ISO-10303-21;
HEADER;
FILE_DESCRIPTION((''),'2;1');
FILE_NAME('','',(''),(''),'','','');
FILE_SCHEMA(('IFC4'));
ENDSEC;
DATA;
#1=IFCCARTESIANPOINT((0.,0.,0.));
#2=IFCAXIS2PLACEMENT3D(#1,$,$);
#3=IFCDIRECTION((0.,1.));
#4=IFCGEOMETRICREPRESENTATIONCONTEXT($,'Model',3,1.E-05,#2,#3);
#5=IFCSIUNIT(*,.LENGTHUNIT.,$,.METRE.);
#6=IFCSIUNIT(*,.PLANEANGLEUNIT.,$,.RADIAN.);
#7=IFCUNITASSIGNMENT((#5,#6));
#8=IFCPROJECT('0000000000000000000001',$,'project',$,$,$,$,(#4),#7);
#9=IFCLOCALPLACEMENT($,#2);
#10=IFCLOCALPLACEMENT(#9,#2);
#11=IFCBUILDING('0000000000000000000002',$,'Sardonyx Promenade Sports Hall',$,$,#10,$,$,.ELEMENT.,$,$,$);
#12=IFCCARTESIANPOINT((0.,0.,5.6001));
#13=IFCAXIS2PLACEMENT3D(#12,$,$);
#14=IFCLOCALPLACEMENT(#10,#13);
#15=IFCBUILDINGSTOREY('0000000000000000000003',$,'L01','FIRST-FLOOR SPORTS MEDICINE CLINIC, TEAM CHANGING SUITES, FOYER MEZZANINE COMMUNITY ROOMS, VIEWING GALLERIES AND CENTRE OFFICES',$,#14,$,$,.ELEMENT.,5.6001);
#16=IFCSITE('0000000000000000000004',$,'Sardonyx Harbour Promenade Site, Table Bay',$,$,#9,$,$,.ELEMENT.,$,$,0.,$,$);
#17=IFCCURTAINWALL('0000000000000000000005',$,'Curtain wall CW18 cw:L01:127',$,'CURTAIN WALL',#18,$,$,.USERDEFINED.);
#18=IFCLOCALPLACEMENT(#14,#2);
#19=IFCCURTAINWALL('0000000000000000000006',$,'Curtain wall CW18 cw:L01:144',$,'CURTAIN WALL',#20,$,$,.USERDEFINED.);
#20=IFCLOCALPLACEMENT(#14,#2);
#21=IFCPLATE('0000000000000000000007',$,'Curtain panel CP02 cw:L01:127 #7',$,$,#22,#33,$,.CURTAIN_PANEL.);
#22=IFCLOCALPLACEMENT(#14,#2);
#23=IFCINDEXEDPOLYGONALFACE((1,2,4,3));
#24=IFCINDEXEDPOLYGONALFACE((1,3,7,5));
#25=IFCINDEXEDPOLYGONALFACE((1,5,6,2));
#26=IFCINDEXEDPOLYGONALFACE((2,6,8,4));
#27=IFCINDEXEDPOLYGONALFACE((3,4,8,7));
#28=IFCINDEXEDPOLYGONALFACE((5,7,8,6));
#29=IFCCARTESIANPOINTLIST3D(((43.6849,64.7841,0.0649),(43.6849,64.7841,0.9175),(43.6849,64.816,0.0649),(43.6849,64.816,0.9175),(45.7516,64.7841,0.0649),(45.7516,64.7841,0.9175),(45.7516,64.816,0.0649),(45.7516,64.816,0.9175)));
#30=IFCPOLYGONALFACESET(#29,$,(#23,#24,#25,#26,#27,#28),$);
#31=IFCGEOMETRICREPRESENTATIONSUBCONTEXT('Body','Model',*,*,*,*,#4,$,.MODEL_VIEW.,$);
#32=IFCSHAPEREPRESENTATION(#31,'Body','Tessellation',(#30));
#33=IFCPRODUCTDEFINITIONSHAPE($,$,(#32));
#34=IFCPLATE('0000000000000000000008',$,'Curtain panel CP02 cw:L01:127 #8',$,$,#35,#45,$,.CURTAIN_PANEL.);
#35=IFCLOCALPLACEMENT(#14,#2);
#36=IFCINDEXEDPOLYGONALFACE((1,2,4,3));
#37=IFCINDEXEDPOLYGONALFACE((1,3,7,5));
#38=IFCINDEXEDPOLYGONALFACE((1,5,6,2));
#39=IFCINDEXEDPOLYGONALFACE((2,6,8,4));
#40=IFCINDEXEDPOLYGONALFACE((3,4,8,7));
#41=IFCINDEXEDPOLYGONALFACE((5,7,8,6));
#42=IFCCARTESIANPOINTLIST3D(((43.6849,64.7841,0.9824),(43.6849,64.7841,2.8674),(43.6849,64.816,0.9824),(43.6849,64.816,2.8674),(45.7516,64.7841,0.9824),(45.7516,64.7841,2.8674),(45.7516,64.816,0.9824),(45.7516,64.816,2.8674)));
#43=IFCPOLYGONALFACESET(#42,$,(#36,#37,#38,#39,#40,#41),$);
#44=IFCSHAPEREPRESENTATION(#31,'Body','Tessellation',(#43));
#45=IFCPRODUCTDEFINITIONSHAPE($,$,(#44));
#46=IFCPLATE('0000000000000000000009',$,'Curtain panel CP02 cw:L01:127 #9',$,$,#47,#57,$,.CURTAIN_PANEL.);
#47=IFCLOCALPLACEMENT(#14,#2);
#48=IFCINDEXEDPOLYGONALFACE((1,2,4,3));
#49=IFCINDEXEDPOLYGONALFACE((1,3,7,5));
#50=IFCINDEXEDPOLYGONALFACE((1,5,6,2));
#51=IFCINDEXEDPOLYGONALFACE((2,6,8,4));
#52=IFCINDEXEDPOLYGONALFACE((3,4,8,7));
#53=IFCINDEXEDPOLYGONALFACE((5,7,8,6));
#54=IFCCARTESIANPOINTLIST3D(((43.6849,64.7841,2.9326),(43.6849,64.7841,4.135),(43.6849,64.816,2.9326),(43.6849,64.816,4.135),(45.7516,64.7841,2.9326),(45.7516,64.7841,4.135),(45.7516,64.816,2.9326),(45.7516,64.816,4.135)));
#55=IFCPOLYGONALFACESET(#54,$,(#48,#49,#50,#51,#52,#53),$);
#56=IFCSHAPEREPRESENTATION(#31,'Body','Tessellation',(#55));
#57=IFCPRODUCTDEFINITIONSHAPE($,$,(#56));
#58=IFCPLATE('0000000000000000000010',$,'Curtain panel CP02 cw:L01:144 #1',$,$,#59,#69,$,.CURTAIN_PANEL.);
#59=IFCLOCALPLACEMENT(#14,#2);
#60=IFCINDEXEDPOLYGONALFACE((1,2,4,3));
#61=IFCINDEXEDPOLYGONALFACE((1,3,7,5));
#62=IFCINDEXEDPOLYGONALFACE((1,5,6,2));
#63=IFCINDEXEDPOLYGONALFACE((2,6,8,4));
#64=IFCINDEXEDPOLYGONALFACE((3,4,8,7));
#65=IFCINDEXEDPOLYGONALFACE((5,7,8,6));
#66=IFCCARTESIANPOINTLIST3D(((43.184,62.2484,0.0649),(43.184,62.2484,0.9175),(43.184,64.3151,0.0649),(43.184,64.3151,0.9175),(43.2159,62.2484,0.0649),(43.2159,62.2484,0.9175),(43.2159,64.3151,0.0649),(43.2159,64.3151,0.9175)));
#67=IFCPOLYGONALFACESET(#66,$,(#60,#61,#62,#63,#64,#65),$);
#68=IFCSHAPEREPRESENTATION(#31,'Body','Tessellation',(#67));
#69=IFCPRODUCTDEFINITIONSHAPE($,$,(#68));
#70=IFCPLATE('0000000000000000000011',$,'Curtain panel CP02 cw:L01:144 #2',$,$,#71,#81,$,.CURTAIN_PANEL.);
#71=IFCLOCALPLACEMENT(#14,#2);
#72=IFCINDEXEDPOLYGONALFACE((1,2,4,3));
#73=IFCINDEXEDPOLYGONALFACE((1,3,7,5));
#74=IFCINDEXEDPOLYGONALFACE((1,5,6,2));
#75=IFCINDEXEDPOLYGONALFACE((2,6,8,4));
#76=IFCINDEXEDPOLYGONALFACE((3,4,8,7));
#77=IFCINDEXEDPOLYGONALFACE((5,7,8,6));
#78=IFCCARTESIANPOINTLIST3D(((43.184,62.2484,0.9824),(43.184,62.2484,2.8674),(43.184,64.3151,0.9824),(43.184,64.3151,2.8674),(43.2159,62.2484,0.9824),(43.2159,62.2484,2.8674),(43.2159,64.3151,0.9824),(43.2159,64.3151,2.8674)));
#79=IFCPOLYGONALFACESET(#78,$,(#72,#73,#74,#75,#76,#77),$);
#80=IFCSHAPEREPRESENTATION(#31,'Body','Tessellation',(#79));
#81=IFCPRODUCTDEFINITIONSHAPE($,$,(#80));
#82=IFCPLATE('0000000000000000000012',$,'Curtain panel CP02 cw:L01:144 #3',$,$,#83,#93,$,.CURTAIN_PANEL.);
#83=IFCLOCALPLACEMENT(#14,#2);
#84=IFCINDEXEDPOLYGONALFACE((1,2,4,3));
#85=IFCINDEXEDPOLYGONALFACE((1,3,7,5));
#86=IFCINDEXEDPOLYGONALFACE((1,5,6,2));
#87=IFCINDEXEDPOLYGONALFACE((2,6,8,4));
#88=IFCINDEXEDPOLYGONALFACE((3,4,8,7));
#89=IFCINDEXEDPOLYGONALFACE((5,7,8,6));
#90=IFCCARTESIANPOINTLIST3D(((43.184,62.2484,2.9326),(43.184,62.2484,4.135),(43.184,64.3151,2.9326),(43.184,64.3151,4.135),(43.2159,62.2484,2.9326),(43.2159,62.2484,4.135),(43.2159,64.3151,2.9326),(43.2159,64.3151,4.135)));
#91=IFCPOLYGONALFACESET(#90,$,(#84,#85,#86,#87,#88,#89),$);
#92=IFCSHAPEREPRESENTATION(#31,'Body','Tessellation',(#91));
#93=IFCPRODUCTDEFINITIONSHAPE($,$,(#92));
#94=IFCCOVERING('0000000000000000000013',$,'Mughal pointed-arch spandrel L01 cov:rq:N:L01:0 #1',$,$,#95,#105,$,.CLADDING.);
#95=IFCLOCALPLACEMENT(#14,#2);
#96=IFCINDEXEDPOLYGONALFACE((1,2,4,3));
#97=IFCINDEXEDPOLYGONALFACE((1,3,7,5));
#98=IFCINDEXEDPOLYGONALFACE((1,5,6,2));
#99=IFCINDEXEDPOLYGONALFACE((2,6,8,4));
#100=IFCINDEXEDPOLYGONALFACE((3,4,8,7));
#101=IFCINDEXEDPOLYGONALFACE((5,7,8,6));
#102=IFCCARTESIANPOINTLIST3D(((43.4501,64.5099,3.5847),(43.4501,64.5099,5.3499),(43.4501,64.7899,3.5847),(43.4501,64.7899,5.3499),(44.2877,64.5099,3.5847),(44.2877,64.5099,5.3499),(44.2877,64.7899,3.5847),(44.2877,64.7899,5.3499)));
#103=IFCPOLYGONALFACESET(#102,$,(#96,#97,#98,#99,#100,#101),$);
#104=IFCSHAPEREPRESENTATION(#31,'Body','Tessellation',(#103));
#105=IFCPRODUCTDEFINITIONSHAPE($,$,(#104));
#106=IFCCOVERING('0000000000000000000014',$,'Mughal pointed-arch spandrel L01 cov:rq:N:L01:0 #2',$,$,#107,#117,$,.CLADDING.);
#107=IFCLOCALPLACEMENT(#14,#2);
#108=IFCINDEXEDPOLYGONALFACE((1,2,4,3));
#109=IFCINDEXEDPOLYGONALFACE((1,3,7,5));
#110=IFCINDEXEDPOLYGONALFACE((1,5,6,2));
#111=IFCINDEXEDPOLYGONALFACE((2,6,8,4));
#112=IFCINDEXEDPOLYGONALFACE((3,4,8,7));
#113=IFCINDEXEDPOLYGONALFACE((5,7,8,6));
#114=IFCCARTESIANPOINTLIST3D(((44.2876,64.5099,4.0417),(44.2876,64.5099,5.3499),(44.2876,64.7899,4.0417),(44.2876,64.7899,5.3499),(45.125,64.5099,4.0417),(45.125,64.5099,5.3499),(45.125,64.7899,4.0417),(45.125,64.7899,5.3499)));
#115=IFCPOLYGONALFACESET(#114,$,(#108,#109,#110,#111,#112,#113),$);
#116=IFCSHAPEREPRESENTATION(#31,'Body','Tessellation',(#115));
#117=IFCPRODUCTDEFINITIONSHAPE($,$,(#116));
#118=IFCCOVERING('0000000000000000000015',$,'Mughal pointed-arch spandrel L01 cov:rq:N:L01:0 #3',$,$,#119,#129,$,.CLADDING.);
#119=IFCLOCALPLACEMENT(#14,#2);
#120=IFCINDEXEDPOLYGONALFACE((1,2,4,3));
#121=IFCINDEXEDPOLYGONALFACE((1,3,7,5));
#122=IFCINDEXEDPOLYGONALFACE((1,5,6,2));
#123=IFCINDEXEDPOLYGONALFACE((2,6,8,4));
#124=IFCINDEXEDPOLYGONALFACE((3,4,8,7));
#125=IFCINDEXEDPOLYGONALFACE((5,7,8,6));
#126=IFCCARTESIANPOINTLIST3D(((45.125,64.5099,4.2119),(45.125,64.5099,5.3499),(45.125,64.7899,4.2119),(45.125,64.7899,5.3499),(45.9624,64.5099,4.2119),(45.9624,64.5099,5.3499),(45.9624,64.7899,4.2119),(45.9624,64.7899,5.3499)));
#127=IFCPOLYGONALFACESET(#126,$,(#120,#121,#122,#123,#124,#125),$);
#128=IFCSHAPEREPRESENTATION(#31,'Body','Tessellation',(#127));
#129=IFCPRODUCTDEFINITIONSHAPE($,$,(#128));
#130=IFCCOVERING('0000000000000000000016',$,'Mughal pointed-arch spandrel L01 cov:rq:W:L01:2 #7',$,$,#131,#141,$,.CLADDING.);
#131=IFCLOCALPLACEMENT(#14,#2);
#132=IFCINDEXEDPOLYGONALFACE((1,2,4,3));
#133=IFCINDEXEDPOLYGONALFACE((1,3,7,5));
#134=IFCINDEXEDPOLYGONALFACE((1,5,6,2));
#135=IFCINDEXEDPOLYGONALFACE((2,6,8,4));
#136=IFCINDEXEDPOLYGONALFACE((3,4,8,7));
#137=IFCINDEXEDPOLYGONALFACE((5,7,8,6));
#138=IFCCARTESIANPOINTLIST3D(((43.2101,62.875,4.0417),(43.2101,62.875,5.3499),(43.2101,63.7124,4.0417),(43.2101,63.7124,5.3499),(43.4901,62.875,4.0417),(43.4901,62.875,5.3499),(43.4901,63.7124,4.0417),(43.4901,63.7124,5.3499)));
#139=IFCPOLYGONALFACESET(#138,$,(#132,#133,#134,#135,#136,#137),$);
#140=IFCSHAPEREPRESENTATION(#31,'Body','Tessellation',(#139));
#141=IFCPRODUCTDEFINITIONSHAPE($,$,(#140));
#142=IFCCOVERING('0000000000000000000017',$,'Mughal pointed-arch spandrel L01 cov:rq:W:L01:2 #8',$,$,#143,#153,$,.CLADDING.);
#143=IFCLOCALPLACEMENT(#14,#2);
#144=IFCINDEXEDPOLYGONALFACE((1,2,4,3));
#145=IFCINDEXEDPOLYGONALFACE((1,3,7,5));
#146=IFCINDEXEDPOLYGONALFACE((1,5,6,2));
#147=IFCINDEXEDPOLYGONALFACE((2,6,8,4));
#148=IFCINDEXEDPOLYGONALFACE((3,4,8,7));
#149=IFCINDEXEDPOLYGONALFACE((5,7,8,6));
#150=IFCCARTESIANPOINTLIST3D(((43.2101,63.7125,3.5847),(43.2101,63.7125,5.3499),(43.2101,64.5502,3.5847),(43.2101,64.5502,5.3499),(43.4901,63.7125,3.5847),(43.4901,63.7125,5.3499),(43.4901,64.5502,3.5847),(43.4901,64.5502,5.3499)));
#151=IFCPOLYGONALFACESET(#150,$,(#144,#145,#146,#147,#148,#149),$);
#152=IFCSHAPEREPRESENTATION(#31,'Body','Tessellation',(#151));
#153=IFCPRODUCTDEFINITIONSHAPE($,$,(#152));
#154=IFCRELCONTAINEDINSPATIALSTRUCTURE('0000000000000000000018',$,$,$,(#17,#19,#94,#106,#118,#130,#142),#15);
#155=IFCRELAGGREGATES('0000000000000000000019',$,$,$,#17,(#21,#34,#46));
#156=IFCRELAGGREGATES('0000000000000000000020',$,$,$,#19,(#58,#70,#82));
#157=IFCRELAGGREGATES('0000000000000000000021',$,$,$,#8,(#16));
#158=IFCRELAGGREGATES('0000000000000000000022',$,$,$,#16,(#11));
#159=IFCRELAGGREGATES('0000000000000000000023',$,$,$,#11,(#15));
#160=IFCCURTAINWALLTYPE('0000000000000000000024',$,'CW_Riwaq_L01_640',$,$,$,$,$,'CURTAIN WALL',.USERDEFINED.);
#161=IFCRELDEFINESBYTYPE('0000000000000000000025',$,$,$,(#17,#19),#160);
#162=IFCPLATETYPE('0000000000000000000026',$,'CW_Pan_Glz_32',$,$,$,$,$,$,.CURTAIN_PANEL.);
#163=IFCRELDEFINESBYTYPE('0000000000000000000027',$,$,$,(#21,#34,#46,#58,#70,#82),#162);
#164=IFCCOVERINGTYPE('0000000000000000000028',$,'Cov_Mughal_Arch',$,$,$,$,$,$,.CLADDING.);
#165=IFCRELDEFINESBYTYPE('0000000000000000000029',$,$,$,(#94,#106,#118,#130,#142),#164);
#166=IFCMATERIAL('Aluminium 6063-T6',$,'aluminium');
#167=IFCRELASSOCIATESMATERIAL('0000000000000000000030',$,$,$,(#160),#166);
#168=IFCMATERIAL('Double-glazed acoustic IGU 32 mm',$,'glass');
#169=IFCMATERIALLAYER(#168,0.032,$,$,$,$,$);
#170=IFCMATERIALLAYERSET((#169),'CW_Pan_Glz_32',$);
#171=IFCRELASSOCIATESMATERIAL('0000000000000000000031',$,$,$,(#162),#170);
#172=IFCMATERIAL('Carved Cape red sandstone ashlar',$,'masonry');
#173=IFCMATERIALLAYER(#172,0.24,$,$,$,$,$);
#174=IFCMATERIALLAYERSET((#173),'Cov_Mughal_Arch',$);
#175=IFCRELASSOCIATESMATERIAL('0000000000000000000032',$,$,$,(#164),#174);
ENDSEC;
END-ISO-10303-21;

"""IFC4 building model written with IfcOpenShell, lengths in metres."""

from ifc_helpers import new_model, si_unit, direction, frame, frame_2d, origin, origin_2d, place, context, subcontext, project, spatial, rectangle, extrude, material, layer, layer_set, type_object, element, aggregate, save


model = new_model("IFC4")

# Units and contexts
model_context = context("Model", 3, precision=1e-05, world=origin(), true_north=direction((0.0, 1.0)))
body_context = subcontext(model_context, "Body", "Model", "MODEL_VIEW")
ifc_project = project(units=[si_unit("LENGTHUNIT", "METRE"), si_unit("PLANEANGLEUNIT", "RADIAN")], contexts=[model_context])

# Site, building, storey
site_placement = place(None, origin())
site = spatial("IfcSite", under=ifc_project, at=site_placement, Name="Sardonyx Harbour Promenade Site, Table Bay", CompositionType="ELEMENT", RefElevation=0.0)
building_placement = place(site_placement, origin())
building = spatial("IfcBuilding", under=site, at=building_placement, Name="Sardonyx Promenade Sports Hall", CompositionType="ELEMENT")
storey_placement = place(building_placement, frame((0.0, 0.0, 5.6001)))
storey = spatial("IfcBuildingStorey", under=building, at=storey_placement, Name="L01", Description="FIRST-FLOOR SPORTS MEDICINE CLINIC, TEAM CHANGING SUITES, FOYER MEZZANINE COMMUNITY ROOMS, VIEWING GALLERIES AND CENTRE OFFICES", CompositionType="ELEMENT", Elevation=5.6001)

# Curtain wall
ifc_material_1 = material(Name="Aluminium 6063-T6", Category="aluminium")
curtain_wall_type = type_object("IfcCurtainWallType", Name="CW_Riwaq_L01_640", ElementType="CURTAIN WALL", PredefinedType="USERDEFINED", material=ifc_material_1)
curtain_wall_1_placement = place(storey_placement, origin())
curtain_wall_1 = element("IfcCurtainWall", 1, at=curtain_wall_1_placement, inside=storey, type_object=curtain_wall_type, Name="Curtain wall CW18 cw:L01:127", ObjectType="CURTAIN WALL", PredefinedType="USERDEFINED")

# Curtain wall
curtain_wall_2_placement = place(storey_placement, origin())
curtain_wall_2 = element("IfcCurtainWall", 2, at=curtain_wall_2_placement, inside=storey, type_object=curtain_wall_type, Name="Curtain wall CW18 cw:L01:144", ObjectType="CURTAIN WALL", PredefinedType="USERDEFINED")

# Plates
ifc_material_2 = material(Name="Double-glazed acoustic IGU 32 mm", Category="glass")
ifc_layer_1 = layer(ifc_material_2, 0.032)
ifc_layer_set_1 = layer_set([ifc_layer_1], Name="CW_Pan_Glz_32")
plate_type = type_object("IfcPlateType", Name="CW_Pan_Glz_32", PredefinedType="CURTAIN_PANEL", material=ifc_layer_set_1)
plate_1_placement = place(storey_placement, frame((44.7183, 64.8, 0.0649), z_axis=(0.0, 0.0, 1.0), x_axis=(-1.0, 0.0, 0.0)))
plate_1 = element("IfcPlate", 3, at=plate_1_placement, type_object=plate_type, Name="Curtain panel CP02 cw:L01:127 #7", PredefinedType="CURTAIN_PANEL", context=body_context, shape_type="SweptSolid", body=[
    extrude(rectangle(XDim=2.0667, YDim=0.032, at=origin_2d()), origin(), (0.0, 0.0, 1.0), 0.8525),
])
plate_2_placement = place(storey_placement, frame((44.7183, 64.8, 0.9824), z_axis=(0.0, 0.0, 1.0), x_axis=(-1.0, 0.0, 0.0)))
plate_2 = element("IfcPlate", 4, at=plate_2_placement, type_object=plate_type, Name="Curtain panel CP02 cw:L01:127 #8", PredefinedType="CURTAIN_PANEL", context=body_context, shape_type="SweptSolid", body=[
    extrude(rectangle(XDim=2.0667, YDim=0.032, at=origin_2d()), origin(), (0.0, 0.0, 1.0), 1.885),
])
plate_3_placement = place(storey_placement, frame((44.7183, 64.8, 2.9326), z_axis=(0.0, 0.0, 1.0), x_axis=(-1.0, 0.0, 0.0)))
plate_3 = element("IfcPlate", 5, at=plate_3_placement, type_object=plate_type, Name="Curtain panel CP02 cw:L01:127 #9", PredefinedType="CURTAIN_PANEL", context=body_context, shape_type="SweptSolid", body=[
    extrude(rectangle(XDim=2.0667, YDim=0.032, at=origin_2d()), origin(), (0.0, 0.0, 1.0), 1.2024),
])
aggregate(curtain_wall_1, [plate_1, plate_2, plate_3])
plate_4_placement = place(storey_placement, frame((43.2, 63.2817, 0.0649), z_axis=(0.0, 0.0, 1.0), x_axis=(0.0, -1.0, 0.0)))
plate_4 = element("IfcPlate", 6, at=plate_4_placement, type_object=plate_type, Name="Curtain panel CP02 cw:L01:144 #1", PredefinedType="CURTAIN_PANEL", context=body_context, shape_type="SweptSolid", body=[
    extrude(rectangle(XDim=2.0667, YDim=0.032, at=origin_2d()), origin(), (0.0, 0.0, 1.0), 0.8525),
])
plate_5_placement = place(storey_placement, frame((43.2, 63.2817, 0.9824), z_axis=(0.0, 0.0, 1.0), x_axis=(0.0, -1.0, 0.0)))
plate_5 = element("IfcPlate", 7, at=plate_5_placement, type_object=plate_type, Name="Curtain panel CP02 cw:L01:144 #2", PredefinedType="CURTAIN_PANEL", context=body_context, shape_type="SweptSolid", body=[
    extrude(rectangle(XDim=2.0667, YDim=0.032, at=origin_2d()), origin(), (0.0, 0.0, 1.0), 1.885),
])
plate_6_placement = place(storey_placement, frame((43.2, 63.2817, 2.9326), z_axis=(0.0, 0.0, 1.0), x_axis=(0.0, -1.0, 0.0)))
plate_6 = element("IfcPlate", 8, at=plate_6_placement, type_object=plate_type, Name="Curtain panel CP02 cw:L01:144 #3", PredefinedType="CURTAIN_PANEL", context=body_context, shape_type="SweptSolid", body=[
    extrude(rectangle(XDim=2.0667, YDim=0.032, at=origin_2d()), origin(), (0.0, 0.0, 1.0), 1.2024),
])
aggregate(curtain_wall_2, [plate_4, plate_5, plate_6])

# Coverings
ifc_material_3 = material(Name="Carved Cape red sandstone ashlar", Category="masonry")
ifc_layer_2 = layer(ifc_material_3, 0.24)
ifc_layer_set_2 = layer_set([ifc_layer_2], Name="Cov_Mughal_Arch")
covering_type = type_object("IfcCoveringType", Name="Cov_Mughal_Arch", PredefinedType="CLADDING", material=ifc_layer_set_2)
covering_1_placement = place(storey_placement, frame((43.45, 64.6499, 3.5847), z_axis=(0.0, 0.0, 1.0), x_axis=(1.0, 0.0, 0.0)))
element("IfcCovering", 9, at=covering_1_placement, inside=storey, type_object=covering_type, Name="Mughal pointed-arch spandrel L01 cov:rq:N:L01:0 #1", PredefinedType="CLADDING", context=body_context, shape_type="SweptSolid", body=[
    extrude(rectangle(XDim=0.8376, YDim=0.28, at=frame_2d((0.4189, 0.0))), origin(), (0.0, 0.0, 1.0), 1.7651),
])
covering_2_placement = place(storey_placement, frame((44.2876, 64.6499, 4.0417), z_axis=(0.0, 0.0, 1.0), x_axis=(1.0, 0.0, 0.0)))
element("IfcCovering", 10, at=covering_2_placement, inside=storey, type_object=covering_type, Name="Mughal pointed-arch spandrel L01 cov:rq:N:L01:0 #2", PredefinedType="CLADDING", context=body_context, shape_type="SweptSolid", body=[
    extrude(rectangle(XDim=0.8374, YDim=0.28, at=frame_2d((0.4187, 0.0))), origin(), (0.0, 0.0, 1.0), 1.3081),
])
covering_3_placement = place(storey_placement, frame((45.125, 64.6499, 4.2119), z_axis=(0.0, 0.0, 1.0), x_axis=(1.0, 0.0, 0.0)))
element("IfcCovering", 11, at=covering_3_placement, inside=storey, type_object=covering_type, Name="Mughal pointed-arch spandrel L01 cov:rq:N:L01:0 #3", PredefinedType="CLADDING", context=body_context, shape_type="SweptSolid", body=[
    extrude(rectangle(XDim=0.8374, YDim=0.28, at=frame_2d((0.4187, 0.0))), origin(), (0.0, 0.0, 1.0), 1.1379),
])
covering_4_placement = place(storey_placement, frame((43.3501, 62.875, 4.0417), z_axis=(0.0, 0.0, 1.0), x_axis=(0.0, 1.0, 0.0)))
element("IfcCovering", 12, at=covering_4_placement, inside=storey, type_object=covering_type, Name="Mughal pointed-arch spandrel L01 cov:rq:W:L01:2 #7", PredefinedType="CLADDING", context=body_context, shape_type="SweptSolid", body=[
    extrude(rectangle(XDim=0.8374, YDim=0.28, at=frame_2d((0.4187, 0.0))), origin(), (0.0, 0.0, 1.0), 1.3081),
])
covering_5_placement = place(storey_placement, frame((43.3501, 63.7124, 3.5847), z_axis=(0.0, 0.0, 1.0), x_axis=(0.0, 1.0, 0.0)))
element("IfcCovering", 13, at=covering_5_placement, inside=storey, type_object=covering_type, Name="Mughal pointed-arch spandrel L01 cov:rq:W:L01:2 #8", PredefinedType="CLADDING", context=body_context, shape_type="SweptSolid", body=[
    extrude(rectangle(XDim=0.8376, YDim=0.28, at=frame_2d((0.4189, 0.0))), origin(), (0.0, 0.0, 1.0), 1.7651),
])

save(model, "model.ifc")
